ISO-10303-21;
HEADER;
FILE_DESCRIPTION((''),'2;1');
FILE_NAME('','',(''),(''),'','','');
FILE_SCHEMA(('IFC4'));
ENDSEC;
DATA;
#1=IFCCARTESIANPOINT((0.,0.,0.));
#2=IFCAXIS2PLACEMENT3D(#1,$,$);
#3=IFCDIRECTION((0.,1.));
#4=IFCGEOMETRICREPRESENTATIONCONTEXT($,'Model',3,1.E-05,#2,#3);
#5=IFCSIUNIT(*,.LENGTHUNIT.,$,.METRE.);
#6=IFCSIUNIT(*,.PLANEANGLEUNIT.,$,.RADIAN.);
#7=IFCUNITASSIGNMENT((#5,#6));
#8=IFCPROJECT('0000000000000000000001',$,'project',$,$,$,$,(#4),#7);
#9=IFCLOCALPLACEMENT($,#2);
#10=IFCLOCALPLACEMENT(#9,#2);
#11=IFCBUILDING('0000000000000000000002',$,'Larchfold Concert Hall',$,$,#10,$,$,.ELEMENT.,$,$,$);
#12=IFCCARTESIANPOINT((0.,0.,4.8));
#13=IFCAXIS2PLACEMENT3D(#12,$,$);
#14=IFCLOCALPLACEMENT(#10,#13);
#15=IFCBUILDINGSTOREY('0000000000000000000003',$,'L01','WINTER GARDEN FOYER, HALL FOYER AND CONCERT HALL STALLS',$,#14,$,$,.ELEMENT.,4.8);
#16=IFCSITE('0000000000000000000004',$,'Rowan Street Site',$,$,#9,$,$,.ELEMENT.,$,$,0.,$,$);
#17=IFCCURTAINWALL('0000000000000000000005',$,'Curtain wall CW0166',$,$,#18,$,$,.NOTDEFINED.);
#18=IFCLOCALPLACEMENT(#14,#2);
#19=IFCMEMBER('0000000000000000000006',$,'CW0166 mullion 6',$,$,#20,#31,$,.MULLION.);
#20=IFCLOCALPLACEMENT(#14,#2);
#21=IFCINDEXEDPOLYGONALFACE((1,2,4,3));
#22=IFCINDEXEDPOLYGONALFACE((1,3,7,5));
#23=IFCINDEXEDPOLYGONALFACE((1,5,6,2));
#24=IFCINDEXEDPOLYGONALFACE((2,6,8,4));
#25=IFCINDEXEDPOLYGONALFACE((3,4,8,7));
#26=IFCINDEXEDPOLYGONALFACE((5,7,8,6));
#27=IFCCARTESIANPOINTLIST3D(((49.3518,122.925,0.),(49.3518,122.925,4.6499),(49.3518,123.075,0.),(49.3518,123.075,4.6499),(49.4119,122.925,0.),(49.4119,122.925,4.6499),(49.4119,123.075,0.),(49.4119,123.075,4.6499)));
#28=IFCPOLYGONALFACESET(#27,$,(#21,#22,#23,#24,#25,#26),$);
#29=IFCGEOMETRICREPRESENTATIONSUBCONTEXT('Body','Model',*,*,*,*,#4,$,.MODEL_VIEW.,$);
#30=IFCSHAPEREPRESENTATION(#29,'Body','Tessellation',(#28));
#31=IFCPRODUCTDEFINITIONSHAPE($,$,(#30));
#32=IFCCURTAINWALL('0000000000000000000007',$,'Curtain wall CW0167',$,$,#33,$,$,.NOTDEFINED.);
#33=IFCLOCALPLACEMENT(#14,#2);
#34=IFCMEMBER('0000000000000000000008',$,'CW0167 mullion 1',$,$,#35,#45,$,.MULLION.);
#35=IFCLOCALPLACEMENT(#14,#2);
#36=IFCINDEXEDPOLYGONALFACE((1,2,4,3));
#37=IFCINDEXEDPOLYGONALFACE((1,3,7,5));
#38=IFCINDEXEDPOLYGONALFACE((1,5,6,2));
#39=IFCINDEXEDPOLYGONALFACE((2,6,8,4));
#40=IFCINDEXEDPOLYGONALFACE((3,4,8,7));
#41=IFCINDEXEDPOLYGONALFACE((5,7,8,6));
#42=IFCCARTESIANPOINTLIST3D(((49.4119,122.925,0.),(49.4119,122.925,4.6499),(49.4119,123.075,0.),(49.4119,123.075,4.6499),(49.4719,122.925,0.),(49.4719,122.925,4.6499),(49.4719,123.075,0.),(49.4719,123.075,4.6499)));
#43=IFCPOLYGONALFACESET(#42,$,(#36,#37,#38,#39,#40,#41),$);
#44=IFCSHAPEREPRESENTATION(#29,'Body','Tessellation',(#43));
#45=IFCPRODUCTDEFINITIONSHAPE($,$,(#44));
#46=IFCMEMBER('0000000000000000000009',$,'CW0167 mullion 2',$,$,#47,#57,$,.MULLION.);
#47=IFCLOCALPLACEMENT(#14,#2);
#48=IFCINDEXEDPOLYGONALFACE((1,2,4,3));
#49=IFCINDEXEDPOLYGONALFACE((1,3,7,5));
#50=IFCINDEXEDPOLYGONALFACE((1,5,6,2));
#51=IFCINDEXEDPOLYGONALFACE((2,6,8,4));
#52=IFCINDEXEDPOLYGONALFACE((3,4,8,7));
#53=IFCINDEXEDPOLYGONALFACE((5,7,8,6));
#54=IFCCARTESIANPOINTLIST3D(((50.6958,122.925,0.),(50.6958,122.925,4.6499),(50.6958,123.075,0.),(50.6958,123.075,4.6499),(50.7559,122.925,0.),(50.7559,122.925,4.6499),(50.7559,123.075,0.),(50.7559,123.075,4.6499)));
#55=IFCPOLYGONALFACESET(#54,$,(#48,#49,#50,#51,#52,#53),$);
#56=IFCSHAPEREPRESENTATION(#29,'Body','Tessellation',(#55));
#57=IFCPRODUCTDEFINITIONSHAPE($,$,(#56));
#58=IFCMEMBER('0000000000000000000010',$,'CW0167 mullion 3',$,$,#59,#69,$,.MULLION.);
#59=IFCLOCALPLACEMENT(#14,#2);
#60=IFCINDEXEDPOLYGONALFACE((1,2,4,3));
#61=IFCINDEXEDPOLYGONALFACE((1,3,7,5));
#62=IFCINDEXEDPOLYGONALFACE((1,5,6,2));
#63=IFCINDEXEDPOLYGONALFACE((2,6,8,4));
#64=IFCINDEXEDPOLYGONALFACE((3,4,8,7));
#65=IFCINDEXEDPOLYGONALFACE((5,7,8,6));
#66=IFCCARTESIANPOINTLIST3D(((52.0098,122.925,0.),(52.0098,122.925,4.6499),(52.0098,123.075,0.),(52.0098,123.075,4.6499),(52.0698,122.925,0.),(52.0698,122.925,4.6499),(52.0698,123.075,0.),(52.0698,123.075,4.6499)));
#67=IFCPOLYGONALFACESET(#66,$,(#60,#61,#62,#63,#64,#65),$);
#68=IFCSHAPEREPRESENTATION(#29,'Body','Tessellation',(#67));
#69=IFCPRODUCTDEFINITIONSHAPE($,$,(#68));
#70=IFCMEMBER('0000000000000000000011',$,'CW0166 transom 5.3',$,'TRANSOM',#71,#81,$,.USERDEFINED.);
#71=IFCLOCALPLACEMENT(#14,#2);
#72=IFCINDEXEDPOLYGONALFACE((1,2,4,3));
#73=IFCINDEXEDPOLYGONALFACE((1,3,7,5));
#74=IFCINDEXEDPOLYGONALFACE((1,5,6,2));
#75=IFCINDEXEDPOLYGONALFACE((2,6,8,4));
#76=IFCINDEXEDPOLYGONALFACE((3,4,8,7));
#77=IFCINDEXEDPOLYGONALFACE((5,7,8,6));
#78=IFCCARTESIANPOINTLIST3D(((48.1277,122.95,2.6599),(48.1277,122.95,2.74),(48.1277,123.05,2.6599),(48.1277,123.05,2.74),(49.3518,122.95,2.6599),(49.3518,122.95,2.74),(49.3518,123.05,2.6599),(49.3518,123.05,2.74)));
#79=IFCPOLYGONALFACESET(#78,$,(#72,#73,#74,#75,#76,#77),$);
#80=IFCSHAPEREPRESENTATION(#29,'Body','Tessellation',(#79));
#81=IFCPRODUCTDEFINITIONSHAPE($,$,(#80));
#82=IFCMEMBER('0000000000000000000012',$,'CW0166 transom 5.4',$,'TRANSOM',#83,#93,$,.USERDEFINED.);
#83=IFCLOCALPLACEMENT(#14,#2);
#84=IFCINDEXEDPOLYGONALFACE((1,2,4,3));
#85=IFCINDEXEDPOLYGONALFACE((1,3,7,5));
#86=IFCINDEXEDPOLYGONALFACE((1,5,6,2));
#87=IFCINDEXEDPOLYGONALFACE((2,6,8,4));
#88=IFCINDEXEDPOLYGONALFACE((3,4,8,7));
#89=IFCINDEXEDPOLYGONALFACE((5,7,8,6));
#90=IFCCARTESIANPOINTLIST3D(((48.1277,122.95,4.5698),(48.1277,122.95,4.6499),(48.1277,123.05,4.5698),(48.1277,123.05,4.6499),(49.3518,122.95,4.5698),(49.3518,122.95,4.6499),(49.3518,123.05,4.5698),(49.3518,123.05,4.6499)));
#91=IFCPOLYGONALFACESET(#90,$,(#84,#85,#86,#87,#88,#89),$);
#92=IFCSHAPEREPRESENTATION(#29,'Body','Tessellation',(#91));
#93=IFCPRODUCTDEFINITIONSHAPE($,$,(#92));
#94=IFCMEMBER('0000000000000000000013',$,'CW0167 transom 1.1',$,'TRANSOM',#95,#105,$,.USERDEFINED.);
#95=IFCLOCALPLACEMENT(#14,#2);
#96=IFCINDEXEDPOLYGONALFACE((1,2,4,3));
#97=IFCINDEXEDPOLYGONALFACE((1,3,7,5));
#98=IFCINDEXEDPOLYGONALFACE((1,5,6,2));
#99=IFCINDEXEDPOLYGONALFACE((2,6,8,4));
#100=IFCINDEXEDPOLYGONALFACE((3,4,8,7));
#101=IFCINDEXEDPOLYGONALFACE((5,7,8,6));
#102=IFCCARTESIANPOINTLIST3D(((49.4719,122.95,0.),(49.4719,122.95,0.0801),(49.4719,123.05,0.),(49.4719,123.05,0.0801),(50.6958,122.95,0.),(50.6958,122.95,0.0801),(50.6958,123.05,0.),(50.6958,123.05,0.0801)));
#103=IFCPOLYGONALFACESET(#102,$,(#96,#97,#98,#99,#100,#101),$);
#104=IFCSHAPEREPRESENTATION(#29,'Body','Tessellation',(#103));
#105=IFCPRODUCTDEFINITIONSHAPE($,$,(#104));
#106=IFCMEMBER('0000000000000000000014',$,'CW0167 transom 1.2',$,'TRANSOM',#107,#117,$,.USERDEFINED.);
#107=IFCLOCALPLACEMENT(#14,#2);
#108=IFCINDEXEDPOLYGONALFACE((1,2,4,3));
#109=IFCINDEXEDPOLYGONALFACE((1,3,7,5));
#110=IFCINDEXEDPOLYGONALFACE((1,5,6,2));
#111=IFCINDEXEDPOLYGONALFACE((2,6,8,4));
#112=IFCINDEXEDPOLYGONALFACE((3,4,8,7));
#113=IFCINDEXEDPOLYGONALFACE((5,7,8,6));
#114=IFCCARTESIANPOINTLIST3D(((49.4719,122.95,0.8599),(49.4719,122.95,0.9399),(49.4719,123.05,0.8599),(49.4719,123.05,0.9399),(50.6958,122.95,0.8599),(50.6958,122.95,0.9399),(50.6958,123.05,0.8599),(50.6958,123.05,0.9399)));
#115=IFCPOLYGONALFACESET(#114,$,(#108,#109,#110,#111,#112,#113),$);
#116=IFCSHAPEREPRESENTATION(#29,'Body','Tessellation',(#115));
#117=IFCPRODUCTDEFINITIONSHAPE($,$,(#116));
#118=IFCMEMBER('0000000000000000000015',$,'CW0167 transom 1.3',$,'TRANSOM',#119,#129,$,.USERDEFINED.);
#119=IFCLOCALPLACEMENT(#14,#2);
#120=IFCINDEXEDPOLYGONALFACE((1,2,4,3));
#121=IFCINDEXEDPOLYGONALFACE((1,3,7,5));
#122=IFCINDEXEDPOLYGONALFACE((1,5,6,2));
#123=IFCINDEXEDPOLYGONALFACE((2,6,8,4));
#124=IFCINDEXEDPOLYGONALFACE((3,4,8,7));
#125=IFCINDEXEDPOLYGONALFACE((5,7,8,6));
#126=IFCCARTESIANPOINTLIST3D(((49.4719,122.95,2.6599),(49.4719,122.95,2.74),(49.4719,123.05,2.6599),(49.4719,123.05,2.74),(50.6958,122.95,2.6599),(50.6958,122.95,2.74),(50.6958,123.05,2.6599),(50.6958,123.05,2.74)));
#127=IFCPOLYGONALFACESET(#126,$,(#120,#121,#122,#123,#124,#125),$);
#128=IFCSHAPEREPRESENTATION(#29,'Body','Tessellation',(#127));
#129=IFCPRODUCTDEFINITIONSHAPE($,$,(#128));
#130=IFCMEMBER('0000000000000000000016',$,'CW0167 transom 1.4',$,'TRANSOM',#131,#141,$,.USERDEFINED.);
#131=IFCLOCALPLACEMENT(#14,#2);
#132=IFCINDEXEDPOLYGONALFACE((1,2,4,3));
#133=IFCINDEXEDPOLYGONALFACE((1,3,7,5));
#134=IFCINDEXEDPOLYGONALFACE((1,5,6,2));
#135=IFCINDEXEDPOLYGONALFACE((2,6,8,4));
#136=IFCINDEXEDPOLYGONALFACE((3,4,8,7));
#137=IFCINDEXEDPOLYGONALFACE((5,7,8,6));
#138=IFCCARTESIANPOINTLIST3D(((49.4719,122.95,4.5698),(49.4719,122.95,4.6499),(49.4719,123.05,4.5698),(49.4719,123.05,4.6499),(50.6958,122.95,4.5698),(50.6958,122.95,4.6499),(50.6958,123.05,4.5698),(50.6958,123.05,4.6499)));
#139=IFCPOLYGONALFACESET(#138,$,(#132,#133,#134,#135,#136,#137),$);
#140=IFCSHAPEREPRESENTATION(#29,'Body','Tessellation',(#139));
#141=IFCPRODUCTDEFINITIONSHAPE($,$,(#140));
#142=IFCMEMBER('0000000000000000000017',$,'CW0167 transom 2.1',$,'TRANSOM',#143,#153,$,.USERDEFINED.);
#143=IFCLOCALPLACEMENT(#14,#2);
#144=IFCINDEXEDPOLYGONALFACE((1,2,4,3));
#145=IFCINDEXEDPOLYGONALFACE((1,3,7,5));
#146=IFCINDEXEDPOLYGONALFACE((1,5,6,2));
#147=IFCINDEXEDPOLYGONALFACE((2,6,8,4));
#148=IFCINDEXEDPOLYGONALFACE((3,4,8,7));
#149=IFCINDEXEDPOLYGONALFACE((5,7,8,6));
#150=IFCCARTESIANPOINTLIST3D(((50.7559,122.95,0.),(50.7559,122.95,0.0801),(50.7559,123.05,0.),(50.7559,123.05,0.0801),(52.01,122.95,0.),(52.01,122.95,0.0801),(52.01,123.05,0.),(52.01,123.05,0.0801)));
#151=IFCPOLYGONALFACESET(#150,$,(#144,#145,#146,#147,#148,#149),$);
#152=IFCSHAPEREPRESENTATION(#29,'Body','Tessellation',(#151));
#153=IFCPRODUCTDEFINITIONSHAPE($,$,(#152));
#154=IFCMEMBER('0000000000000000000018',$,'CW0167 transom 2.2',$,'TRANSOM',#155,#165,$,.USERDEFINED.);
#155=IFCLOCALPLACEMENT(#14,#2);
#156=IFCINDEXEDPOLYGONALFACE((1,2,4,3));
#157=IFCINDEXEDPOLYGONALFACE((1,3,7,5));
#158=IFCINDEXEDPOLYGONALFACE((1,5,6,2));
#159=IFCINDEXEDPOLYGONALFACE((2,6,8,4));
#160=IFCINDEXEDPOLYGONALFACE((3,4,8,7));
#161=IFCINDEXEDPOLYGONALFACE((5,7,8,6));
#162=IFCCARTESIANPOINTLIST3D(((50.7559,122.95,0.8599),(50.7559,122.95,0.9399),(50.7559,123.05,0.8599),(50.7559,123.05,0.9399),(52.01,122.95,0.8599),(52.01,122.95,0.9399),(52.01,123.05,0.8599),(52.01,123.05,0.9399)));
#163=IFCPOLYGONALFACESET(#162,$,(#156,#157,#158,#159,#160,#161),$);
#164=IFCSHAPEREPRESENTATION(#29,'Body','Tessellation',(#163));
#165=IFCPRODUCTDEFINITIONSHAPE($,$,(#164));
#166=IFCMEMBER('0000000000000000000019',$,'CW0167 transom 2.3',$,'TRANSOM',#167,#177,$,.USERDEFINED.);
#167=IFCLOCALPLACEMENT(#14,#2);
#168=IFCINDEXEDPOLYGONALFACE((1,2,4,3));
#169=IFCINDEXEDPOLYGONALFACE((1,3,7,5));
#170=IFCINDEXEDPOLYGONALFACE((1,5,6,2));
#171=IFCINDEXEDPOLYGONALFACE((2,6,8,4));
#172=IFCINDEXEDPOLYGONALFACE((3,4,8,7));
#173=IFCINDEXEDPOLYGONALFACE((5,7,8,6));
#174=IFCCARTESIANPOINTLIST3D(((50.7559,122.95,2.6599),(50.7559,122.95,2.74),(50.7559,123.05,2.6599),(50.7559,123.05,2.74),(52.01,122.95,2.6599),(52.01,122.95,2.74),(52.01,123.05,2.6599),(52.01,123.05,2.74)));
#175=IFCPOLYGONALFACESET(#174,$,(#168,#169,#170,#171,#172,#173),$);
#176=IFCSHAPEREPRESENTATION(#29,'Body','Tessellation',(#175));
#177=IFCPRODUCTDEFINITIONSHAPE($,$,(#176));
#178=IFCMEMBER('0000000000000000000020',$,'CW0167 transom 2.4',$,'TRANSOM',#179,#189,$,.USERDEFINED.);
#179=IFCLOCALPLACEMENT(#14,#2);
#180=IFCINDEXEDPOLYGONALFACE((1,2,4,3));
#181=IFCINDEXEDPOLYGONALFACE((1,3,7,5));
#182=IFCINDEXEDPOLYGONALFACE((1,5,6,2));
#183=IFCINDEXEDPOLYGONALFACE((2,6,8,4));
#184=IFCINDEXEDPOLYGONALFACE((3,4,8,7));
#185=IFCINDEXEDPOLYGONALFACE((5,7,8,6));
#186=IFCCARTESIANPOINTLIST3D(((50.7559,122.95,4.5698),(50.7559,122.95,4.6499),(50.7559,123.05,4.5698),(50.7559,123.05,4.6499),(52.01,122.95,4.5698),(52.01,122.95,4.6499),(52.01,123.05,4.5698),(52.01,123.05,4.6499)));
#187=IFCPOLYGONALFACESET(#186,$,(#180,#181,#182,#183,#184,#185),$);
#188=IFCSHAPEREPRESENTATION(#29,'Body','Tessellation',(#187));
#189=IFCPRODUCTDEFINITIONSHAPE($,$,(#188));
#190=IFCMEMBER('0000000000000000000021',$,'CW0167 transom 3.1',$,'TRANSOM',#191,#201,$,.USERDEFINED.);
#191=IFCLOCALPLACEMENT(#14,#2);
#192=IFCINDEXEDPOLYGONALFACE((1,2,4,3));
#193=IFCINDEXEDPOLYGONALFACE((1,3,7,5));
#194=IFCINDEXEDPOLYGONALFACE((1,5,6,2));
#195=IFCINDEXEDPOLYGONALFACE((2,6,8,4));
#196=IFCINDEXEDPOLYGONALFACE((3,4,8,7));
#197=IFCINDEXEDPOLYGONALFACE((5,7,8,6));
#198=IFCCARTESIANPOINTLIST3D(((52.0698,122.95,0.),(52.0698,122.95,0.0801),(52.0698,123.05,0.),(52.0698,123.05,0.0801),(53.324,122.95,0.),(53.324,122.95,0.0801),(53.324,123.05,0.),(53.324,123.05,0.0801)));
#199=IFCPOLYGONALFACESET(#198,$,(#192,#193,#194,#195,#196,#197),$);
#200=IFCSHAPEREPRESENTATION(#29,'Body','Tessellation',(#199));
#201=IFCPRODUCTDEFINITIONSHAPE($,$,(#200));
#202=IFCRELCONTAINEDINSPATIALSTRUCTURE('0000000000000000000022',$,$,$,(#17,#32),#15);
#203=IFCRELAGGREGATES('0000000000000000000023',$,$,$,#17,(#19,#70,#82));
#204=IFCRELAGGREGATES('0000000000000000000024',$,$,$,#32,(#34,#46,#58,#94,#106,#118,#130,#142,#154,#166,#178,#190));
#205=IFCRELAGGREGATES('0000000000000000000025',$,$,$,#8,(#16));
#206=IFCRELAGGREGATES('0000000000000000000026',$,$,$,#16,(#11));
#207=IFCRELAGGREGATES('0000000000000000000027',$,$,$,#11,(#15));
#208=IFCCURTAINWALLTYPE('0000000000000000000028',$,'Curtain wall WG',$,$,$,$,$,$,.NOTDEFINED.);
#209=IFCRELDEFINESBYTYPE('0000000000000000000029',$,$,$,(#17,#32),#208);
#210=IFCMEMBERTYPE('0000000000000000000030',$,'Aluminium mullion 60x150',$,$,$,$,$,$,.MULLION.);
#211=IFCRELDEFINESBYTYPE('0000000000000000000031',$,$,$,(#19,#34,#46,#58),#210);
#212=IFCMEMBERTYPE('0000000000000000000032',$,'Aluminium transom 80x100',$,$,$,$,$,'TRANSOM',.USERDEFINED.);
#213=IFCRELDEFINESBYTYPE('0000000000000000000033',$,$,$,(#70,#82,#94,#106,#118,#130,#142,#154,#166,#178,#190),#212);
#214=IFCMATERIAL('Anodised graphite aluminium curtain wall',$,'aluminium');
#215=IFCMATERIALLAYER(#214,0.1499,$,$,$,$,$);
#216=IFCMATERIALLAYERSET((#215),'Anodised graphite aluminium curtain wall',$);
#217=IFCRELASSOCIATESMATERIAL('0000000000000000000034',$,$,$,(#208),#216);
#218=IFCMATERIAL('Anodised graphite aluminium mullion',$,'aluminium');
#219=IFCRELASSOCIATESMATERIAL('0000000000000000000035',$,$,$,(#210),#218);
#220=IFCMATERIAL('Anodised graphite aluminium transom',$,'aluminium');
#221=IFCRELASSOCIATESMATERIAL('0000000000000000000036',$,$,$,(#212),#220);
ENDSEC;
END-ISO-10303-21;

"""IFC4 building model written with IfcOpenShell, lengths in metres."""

from ifc_helpers import new_model, si_unit, direction, frame, origin, origin_2d, place, context, subcontext, project, spatial, rectangle, extrude, material, layer, layer_set, material_profile, profile_set, type_object, element, aggregate, save


model = new_model("IFC4")

# Units and contexts
model_context = context("Model", 3, precision=1e-05, world=origin(), true_north=direction((0.0, 1.0)))
body_context = subcontext(model_context, "Body", "Model", "MODEL_VIEW")
ifc_project = project(units=[si_unit("LENGTHUNIT", "METRE"), si_unit("PLANEANGLEUNIT", "RADIAN")], contexts=[model_context])

# Site, building, storey
site_placement = place(None, origin())
site = spatial("IfcSite", under=ifc_project, at=site_placement, Name="Rowan Street Site", CompositionType="ELEMENT", RefElevation=0.0)
building_placement = place(site_placement, origin())
building = spatial("IfcBuilding", under=site, at=building_placement, Name="Larchfold Concert Hall", CompositionType="ELEMENT")
storey_placement = place(building_placement, frame((0.0, 0.0, 4.8)))
storey = spatial("IfcBuildingStorey", under=building, at=storey_placement, Name="L01", Description="WINTER GARDEN FOYER, HALL FOYER AND CONCERT HALL STALLS", CompositionType="ELEMENT", Elevation=4.8)

# Curtain wall, member
ifc_material_1 = material(Name="Anodised graphite aluminium curtain wall", Category="aluminium")
ifc_layer_1 = layer(ifc_material_1, 0.1499)
ifc_layer_set_1 = layer_set([ifc_layer_1], Name="Anodised graphite aluminium curtain wall")
curtain_wall_type = type_object("IfcCurtainWallType", Name="Curtain wall WG", PredefinedType="NOTDEFINED", material=ifc_layer_set_1)
curtain_wall_1_placement = place(storey_placement, origin())
curtain_wall_1 = element("IfcCurtainWall", 1, at=curtain_wall_1_placement, inside=storey, type_object=curtain_wall_type, Name="Curtain wall CW0166", PredefinedType="NOTDEFINED")
ifc_material_2 = material(Name="Anodised graphite aluminium mullion", Category="aluminium")
ifc_material_profile_1 = material_profile(ifc_material_2, rectangle(XDim=0.1499, YDim=0.0601, at=origin_2d()))
ifc_profile_set_1 = profile_set([ifc_material_profile_1], Name="Anodised graphite aluminium mullion")
member_type_1 = type_object("IfcMemberType", Name="Aluminium mullion 60x150", PredefinedType="MULLION", material=ifc_profile_set_1)
member_1_placement = place(storey_placement, frame((49.3818, 123.0, 0.0), z_axis=(0.0, 0.0, 1.0), x_axis=(0.0, 1.0, 0.0)))
member_1 = element("IfcMember", 2, at=member_1_placement, type_object=member_type_1, Name="CW0166 mullion 6", PredefinedType="MULLION", context=body_context, shape_type="SweptSolid", body=[
    extrude(rectangle(XDim=0.1499, YDim=0.0601, at=origin_2d()), origin(), (0.0, 0.0, 1.0), 4.6499),
])

# Curtain wall, members
curtain_wall_2_placement = place(storey_placement, origin())
curtain_wall_2 = element("IfcCurtainWall", 3, at=curtain_wall_2_placement, inside=storey, type_object=curtain_wall_type, Name="Curtain wall CW0167", PredefinedType="NOTDEFINED")
member_2_placement = place(storey_placement, frame((49.4419, 123.0, 0.0), z_axis=(0.0, 0.0, 1.0), x_axis=(0.0, 1.0, 0.0)))
member_2 = element("IfcMember", 4, at=member_2_placement, type_object=member_type_1, Name="CW0167 mullion 1", PredefinedType="MULLION", context=body_context, shape_type="SweptSolid", body=[
    extrude(rectangle(XDim=0.1499, YDim=0.0601, at=origin_2d()), origin(), (0.0, 0.0, 1.0), 4.6499),
])
member_3_placement = place(storey_placement, frame((50.7258, 123.0, 0.0), z_axis=(0.0, 0.0, 1.0), x_axis=(0.0, 1.0, 0.0)))
member_3 = element("IfcMember", 5, at=member_3_placement, type_object=member_type_1, Name="CW0167 mullion 2", PredefinedType="MULLION", context=body_context, shape_type="SweptSolid", body=[
    extrude(rectangle(XDim=0.1499, YDim=0.0601, at=origin_2d()), origin(), (0.0, 0.0, 1.0), 4.6499),
])
member_4_placement = place(storey_placement, frame((52.0398, 123.0, 0.0), z_axis=(0.0, 0.0, 1.0), x_axis=(0.0, 1.0, 0.0)))
member_4 = element("IfcMember", 6, at=member_4_placement, type_object=member_type_1, Name="CW0167 mullion 3", PredefinedType="MULLION", context=body_context, shape_type="SweptSolid", body=[
    extrude(rectangle(XDim=0.1499, YDim=0.0601, at=origin_2d()), origin(), (0.0, 0.0, 1.0), 4.6499),
])

# Members
ifc_material_3 = material(Name="Anodised graphite aluminium transom", Category="aluminium")
ifc_material_profile_2 = material_profile(ifc_material_3, rectangle(XDim=0.1001, YDim=0.0801, at=origin_2d()))
ifc_profile_set_2 = profile_set([ifc_material_profile_2], Name="Anodised graphite aluminium transom")
member_type_2 = type_object("IfcMemberType", Name="Aluminium transom 80x100", ElementType="TRANSOM", PredefinedType="USERDEFINED", material=ifc_profile_set_2)
member_5_placement = place(storey_placement, frame((48.1277, 123.0, 2.7), z_axis=(1.0, 0.0, 0.0), x_axis=(0.0, 1.0, 0.0)))
member_5 = element("IfcMember", 7, at=member_5_placement, type_object=member_type_2, Name="CW0166 transom 5.3", ObjectType="TRANSOM", PredefinedType="USERDEFINED", context=body_context, shape_type="SweptSolid", body=[
    extrude(rectangle(XDim=0.1001, YDim=0.0801, at=origin_2d()), origin(), (0.0, 0.0, 1.0), 1.2241),
])
member_6_placement = place(storey_placement, frame((48.1277, 123.0, 4.6099), z_axis=(1.0, 0.0, 0.0), x_axis=(0.0, 1.0, 0.0)))
member_6 = element("IfcMember", 8, at=member_6_placement, type_object=member_type_2, Name="CW0166 transom 5.4", ObjectType="TRANSOM", PredefinedType="USERDEFINED", context=body_context, shape_type="SweptSolid", body=[
    extrude(rectangle(XDim=0.1001, YDim=0.0801, at=origin_2d()), origin(), (0.0, 0.0, 1.0), 1.2241),
])
member_7_placement = place(storey_placement, frame((49.4719, 123.0, 0.04), z_axis=(1.0, 0.0, 0.0), x_axis=(0.0, 1.0, 0.0)))
member_7 = element("IfcMember", 9, at=member_7_placement, type_object=member_type_2, Name="CW0167 transom 1.1", ObjectType="TRANSOM", PredefinedType="USERDEFINED", context=body_context, shape_type="SweptSolid", body=[
    extrude(rectangle(XDim=0.1001, YDim=0.0801, at=origin_2d()), origin(), (0.0, 0.0, 1.0), 1.2239),
])
member_8_placement = place(storey_placement, frame((49.4719, 123.0, 0.8999), z_axis=(1.0, 0.0, 0.0), x_axis=(0.0, 1.0, 0.0)))
member_8 = element("IfcMember", 10, at=member_8_placement, type_object=member_type_2, Name="CW0167 transom 1.2", ObjectType="TRANSOM", PredefinedType="USERDEFINED", context=body_context, shape_type="SweptSolid", body=[
    extrude(rectangle(XDim=0.1001, YDim=0.0801, at=origin_2d()), origin(), (0.0, 0.0, 1.0), 1.2239),
])
member_9_placement = place(storey_placement, frame((49.4719, 123.0, 2.7), z_axis=(1.0, 0.0, 0.0), x_axis=(0.0, 1.0, 0.0)))
member_9 = element("IfcMember", 11, at=member_9_placement, type_object=member_type_2, Name="CW0167 transom 1.3", ObjectType="TRANSOM", PredefinedType="USERDEFINED", context=body_context, shape_type="SweptSolid", body=[
    extrude(rectangle(XDim=0.1001, YDim=0.0801, at=origin_2d()), origin(), (0.0, 0.0, 1.0), 1.2239),
])
member_10_placement = place(storey_placement, frame((49.4719, 123.0, 4.6099), z_axis=(1.0, 0.0, 0.0), x_axis=(0.0, 1.0, 0.0)))
member_10 = element("IfcMember", 12, at=member_10_placement, type_object=member_type_2, Name="CW0167 transom 1.4", ObjectType="TRANSOM", PredefinedType="USERDEFINED", context=body_context, shape_type="SweptSolid", body=[
    extrude(rectangle(XDim=0.1001, YDim=0.0801, at=origin_2d()), origin(), (0.0, 0.0, 1.0), 1.2239),
])
member_11_placement = place(storey_placement, frame((50.7559, 123.0, 0.04), z_axis=(1.0, 0.0, 0.0), x_axis=(0.0, 1.0, 0.0)))
member_11 = element("IfcMember", 13, at=member_11_placement, type_object=member_type_2, Name="CW0167 transom 2.1", ObjectType="TRANSOM", PredefinedType="USERDEFINED", context=body_context, shape_type="SweptSolid", body=[
    extrude(rectangle(XDim=0.1001, YDim=0.0801, at=origin_2d()), origin(), (0.0, 0.0, 1.0), 1.2542),
])
member_12_placement = place(storey_placement, frame((50.7559, 123.0, 0.8999), z_axis=(1.0, 0.0, 0.0), x_axis=(0.0, 1.0, 0.0)))
member_12 = element("IfcMember", 14, at=member_12_placement, type_object=member_type_2, Name="CW0167 transom 2.2", ObjectType="TRANSOM", PredefinedType="USERDEFINED", context=body_context, shape_type="SweptSolid", body=[
    extrude(rectangle(XDim=0.1001, YDim=0.0801, at=origin_2d()), origin(), (0.0, 0.0, 1.0), 1.2542),
])
member_13_placement = place(storey_placement, frame((50.7559, 123.0, 2.7), z_axis=(1.0, 0.0, 0.0), x_axis=(0.0, 1.0, 0.0)))
member_13 = element("IfcMember", 15, at=member_13_placement, type_object=member_type_2, Name="CW0167 transom 2.3", ObjectType="TRANSOM", PredefinedType="USERDEFINED", context=body_context, shape_type="SweptSolid", body=[
    extrude(rectangle(XDim=0.1001, YDim=0.0801, at=origin_2d()), origin(), (0.0, 0.0, 1.0), 1.2542),
])
member_14_placement = place(storey_placement, frame((50.7559, 123.0, 4.6099), z_axis=(1.0, 0.0, 0.0), x_axis=(0.0, 1.0, 0.0)))
member_14 = element("IfcMember", 16, at=member_14_placement, type_object=member_type_2, Name="CW0167 transom 2.4", ObjectType="TRANSOM", PredefinedType="USERDEFINED", context=body_context, shape_type="SweptSolid", body=[
    extrude(rectangle(XDim=0.1001, YDim=0.0801, at=origin_2d()), origin(), (0.0, 0.0, 1.0), 1.2542),
])
member_15_placement = place(storey_placement, frame((52.0698, 123.0, 0.04), z_axis=(1.0, 0.0, 0.0), x_axis=(0.0, 1.0, 0.0)))
member_15 = element("IfcMember", 17, at=member_15_placement, type_object=member_type_2, Name="CW0167 transom 3.1", ObjectType="TRANSOM", PredefinedType="USERDEFINED", context=body_context, shape_type="SweptSolid", body=[
    extrude(rectangle(XDim=0.1001, YDim=0.0801, at=origin_2d()), origin(), (0.0, 0.0, 1.0), 1.2542),
])

aggregate(curtain_wall_1, [member_1, member_5, member_6])
aggregate(curtain_wall_2, [member_2, member_3, member_4, member_7, member_8, member_9, member_10, member_11, member_12, member_13, member_14, member_15])

save(model, "model.ifc")
